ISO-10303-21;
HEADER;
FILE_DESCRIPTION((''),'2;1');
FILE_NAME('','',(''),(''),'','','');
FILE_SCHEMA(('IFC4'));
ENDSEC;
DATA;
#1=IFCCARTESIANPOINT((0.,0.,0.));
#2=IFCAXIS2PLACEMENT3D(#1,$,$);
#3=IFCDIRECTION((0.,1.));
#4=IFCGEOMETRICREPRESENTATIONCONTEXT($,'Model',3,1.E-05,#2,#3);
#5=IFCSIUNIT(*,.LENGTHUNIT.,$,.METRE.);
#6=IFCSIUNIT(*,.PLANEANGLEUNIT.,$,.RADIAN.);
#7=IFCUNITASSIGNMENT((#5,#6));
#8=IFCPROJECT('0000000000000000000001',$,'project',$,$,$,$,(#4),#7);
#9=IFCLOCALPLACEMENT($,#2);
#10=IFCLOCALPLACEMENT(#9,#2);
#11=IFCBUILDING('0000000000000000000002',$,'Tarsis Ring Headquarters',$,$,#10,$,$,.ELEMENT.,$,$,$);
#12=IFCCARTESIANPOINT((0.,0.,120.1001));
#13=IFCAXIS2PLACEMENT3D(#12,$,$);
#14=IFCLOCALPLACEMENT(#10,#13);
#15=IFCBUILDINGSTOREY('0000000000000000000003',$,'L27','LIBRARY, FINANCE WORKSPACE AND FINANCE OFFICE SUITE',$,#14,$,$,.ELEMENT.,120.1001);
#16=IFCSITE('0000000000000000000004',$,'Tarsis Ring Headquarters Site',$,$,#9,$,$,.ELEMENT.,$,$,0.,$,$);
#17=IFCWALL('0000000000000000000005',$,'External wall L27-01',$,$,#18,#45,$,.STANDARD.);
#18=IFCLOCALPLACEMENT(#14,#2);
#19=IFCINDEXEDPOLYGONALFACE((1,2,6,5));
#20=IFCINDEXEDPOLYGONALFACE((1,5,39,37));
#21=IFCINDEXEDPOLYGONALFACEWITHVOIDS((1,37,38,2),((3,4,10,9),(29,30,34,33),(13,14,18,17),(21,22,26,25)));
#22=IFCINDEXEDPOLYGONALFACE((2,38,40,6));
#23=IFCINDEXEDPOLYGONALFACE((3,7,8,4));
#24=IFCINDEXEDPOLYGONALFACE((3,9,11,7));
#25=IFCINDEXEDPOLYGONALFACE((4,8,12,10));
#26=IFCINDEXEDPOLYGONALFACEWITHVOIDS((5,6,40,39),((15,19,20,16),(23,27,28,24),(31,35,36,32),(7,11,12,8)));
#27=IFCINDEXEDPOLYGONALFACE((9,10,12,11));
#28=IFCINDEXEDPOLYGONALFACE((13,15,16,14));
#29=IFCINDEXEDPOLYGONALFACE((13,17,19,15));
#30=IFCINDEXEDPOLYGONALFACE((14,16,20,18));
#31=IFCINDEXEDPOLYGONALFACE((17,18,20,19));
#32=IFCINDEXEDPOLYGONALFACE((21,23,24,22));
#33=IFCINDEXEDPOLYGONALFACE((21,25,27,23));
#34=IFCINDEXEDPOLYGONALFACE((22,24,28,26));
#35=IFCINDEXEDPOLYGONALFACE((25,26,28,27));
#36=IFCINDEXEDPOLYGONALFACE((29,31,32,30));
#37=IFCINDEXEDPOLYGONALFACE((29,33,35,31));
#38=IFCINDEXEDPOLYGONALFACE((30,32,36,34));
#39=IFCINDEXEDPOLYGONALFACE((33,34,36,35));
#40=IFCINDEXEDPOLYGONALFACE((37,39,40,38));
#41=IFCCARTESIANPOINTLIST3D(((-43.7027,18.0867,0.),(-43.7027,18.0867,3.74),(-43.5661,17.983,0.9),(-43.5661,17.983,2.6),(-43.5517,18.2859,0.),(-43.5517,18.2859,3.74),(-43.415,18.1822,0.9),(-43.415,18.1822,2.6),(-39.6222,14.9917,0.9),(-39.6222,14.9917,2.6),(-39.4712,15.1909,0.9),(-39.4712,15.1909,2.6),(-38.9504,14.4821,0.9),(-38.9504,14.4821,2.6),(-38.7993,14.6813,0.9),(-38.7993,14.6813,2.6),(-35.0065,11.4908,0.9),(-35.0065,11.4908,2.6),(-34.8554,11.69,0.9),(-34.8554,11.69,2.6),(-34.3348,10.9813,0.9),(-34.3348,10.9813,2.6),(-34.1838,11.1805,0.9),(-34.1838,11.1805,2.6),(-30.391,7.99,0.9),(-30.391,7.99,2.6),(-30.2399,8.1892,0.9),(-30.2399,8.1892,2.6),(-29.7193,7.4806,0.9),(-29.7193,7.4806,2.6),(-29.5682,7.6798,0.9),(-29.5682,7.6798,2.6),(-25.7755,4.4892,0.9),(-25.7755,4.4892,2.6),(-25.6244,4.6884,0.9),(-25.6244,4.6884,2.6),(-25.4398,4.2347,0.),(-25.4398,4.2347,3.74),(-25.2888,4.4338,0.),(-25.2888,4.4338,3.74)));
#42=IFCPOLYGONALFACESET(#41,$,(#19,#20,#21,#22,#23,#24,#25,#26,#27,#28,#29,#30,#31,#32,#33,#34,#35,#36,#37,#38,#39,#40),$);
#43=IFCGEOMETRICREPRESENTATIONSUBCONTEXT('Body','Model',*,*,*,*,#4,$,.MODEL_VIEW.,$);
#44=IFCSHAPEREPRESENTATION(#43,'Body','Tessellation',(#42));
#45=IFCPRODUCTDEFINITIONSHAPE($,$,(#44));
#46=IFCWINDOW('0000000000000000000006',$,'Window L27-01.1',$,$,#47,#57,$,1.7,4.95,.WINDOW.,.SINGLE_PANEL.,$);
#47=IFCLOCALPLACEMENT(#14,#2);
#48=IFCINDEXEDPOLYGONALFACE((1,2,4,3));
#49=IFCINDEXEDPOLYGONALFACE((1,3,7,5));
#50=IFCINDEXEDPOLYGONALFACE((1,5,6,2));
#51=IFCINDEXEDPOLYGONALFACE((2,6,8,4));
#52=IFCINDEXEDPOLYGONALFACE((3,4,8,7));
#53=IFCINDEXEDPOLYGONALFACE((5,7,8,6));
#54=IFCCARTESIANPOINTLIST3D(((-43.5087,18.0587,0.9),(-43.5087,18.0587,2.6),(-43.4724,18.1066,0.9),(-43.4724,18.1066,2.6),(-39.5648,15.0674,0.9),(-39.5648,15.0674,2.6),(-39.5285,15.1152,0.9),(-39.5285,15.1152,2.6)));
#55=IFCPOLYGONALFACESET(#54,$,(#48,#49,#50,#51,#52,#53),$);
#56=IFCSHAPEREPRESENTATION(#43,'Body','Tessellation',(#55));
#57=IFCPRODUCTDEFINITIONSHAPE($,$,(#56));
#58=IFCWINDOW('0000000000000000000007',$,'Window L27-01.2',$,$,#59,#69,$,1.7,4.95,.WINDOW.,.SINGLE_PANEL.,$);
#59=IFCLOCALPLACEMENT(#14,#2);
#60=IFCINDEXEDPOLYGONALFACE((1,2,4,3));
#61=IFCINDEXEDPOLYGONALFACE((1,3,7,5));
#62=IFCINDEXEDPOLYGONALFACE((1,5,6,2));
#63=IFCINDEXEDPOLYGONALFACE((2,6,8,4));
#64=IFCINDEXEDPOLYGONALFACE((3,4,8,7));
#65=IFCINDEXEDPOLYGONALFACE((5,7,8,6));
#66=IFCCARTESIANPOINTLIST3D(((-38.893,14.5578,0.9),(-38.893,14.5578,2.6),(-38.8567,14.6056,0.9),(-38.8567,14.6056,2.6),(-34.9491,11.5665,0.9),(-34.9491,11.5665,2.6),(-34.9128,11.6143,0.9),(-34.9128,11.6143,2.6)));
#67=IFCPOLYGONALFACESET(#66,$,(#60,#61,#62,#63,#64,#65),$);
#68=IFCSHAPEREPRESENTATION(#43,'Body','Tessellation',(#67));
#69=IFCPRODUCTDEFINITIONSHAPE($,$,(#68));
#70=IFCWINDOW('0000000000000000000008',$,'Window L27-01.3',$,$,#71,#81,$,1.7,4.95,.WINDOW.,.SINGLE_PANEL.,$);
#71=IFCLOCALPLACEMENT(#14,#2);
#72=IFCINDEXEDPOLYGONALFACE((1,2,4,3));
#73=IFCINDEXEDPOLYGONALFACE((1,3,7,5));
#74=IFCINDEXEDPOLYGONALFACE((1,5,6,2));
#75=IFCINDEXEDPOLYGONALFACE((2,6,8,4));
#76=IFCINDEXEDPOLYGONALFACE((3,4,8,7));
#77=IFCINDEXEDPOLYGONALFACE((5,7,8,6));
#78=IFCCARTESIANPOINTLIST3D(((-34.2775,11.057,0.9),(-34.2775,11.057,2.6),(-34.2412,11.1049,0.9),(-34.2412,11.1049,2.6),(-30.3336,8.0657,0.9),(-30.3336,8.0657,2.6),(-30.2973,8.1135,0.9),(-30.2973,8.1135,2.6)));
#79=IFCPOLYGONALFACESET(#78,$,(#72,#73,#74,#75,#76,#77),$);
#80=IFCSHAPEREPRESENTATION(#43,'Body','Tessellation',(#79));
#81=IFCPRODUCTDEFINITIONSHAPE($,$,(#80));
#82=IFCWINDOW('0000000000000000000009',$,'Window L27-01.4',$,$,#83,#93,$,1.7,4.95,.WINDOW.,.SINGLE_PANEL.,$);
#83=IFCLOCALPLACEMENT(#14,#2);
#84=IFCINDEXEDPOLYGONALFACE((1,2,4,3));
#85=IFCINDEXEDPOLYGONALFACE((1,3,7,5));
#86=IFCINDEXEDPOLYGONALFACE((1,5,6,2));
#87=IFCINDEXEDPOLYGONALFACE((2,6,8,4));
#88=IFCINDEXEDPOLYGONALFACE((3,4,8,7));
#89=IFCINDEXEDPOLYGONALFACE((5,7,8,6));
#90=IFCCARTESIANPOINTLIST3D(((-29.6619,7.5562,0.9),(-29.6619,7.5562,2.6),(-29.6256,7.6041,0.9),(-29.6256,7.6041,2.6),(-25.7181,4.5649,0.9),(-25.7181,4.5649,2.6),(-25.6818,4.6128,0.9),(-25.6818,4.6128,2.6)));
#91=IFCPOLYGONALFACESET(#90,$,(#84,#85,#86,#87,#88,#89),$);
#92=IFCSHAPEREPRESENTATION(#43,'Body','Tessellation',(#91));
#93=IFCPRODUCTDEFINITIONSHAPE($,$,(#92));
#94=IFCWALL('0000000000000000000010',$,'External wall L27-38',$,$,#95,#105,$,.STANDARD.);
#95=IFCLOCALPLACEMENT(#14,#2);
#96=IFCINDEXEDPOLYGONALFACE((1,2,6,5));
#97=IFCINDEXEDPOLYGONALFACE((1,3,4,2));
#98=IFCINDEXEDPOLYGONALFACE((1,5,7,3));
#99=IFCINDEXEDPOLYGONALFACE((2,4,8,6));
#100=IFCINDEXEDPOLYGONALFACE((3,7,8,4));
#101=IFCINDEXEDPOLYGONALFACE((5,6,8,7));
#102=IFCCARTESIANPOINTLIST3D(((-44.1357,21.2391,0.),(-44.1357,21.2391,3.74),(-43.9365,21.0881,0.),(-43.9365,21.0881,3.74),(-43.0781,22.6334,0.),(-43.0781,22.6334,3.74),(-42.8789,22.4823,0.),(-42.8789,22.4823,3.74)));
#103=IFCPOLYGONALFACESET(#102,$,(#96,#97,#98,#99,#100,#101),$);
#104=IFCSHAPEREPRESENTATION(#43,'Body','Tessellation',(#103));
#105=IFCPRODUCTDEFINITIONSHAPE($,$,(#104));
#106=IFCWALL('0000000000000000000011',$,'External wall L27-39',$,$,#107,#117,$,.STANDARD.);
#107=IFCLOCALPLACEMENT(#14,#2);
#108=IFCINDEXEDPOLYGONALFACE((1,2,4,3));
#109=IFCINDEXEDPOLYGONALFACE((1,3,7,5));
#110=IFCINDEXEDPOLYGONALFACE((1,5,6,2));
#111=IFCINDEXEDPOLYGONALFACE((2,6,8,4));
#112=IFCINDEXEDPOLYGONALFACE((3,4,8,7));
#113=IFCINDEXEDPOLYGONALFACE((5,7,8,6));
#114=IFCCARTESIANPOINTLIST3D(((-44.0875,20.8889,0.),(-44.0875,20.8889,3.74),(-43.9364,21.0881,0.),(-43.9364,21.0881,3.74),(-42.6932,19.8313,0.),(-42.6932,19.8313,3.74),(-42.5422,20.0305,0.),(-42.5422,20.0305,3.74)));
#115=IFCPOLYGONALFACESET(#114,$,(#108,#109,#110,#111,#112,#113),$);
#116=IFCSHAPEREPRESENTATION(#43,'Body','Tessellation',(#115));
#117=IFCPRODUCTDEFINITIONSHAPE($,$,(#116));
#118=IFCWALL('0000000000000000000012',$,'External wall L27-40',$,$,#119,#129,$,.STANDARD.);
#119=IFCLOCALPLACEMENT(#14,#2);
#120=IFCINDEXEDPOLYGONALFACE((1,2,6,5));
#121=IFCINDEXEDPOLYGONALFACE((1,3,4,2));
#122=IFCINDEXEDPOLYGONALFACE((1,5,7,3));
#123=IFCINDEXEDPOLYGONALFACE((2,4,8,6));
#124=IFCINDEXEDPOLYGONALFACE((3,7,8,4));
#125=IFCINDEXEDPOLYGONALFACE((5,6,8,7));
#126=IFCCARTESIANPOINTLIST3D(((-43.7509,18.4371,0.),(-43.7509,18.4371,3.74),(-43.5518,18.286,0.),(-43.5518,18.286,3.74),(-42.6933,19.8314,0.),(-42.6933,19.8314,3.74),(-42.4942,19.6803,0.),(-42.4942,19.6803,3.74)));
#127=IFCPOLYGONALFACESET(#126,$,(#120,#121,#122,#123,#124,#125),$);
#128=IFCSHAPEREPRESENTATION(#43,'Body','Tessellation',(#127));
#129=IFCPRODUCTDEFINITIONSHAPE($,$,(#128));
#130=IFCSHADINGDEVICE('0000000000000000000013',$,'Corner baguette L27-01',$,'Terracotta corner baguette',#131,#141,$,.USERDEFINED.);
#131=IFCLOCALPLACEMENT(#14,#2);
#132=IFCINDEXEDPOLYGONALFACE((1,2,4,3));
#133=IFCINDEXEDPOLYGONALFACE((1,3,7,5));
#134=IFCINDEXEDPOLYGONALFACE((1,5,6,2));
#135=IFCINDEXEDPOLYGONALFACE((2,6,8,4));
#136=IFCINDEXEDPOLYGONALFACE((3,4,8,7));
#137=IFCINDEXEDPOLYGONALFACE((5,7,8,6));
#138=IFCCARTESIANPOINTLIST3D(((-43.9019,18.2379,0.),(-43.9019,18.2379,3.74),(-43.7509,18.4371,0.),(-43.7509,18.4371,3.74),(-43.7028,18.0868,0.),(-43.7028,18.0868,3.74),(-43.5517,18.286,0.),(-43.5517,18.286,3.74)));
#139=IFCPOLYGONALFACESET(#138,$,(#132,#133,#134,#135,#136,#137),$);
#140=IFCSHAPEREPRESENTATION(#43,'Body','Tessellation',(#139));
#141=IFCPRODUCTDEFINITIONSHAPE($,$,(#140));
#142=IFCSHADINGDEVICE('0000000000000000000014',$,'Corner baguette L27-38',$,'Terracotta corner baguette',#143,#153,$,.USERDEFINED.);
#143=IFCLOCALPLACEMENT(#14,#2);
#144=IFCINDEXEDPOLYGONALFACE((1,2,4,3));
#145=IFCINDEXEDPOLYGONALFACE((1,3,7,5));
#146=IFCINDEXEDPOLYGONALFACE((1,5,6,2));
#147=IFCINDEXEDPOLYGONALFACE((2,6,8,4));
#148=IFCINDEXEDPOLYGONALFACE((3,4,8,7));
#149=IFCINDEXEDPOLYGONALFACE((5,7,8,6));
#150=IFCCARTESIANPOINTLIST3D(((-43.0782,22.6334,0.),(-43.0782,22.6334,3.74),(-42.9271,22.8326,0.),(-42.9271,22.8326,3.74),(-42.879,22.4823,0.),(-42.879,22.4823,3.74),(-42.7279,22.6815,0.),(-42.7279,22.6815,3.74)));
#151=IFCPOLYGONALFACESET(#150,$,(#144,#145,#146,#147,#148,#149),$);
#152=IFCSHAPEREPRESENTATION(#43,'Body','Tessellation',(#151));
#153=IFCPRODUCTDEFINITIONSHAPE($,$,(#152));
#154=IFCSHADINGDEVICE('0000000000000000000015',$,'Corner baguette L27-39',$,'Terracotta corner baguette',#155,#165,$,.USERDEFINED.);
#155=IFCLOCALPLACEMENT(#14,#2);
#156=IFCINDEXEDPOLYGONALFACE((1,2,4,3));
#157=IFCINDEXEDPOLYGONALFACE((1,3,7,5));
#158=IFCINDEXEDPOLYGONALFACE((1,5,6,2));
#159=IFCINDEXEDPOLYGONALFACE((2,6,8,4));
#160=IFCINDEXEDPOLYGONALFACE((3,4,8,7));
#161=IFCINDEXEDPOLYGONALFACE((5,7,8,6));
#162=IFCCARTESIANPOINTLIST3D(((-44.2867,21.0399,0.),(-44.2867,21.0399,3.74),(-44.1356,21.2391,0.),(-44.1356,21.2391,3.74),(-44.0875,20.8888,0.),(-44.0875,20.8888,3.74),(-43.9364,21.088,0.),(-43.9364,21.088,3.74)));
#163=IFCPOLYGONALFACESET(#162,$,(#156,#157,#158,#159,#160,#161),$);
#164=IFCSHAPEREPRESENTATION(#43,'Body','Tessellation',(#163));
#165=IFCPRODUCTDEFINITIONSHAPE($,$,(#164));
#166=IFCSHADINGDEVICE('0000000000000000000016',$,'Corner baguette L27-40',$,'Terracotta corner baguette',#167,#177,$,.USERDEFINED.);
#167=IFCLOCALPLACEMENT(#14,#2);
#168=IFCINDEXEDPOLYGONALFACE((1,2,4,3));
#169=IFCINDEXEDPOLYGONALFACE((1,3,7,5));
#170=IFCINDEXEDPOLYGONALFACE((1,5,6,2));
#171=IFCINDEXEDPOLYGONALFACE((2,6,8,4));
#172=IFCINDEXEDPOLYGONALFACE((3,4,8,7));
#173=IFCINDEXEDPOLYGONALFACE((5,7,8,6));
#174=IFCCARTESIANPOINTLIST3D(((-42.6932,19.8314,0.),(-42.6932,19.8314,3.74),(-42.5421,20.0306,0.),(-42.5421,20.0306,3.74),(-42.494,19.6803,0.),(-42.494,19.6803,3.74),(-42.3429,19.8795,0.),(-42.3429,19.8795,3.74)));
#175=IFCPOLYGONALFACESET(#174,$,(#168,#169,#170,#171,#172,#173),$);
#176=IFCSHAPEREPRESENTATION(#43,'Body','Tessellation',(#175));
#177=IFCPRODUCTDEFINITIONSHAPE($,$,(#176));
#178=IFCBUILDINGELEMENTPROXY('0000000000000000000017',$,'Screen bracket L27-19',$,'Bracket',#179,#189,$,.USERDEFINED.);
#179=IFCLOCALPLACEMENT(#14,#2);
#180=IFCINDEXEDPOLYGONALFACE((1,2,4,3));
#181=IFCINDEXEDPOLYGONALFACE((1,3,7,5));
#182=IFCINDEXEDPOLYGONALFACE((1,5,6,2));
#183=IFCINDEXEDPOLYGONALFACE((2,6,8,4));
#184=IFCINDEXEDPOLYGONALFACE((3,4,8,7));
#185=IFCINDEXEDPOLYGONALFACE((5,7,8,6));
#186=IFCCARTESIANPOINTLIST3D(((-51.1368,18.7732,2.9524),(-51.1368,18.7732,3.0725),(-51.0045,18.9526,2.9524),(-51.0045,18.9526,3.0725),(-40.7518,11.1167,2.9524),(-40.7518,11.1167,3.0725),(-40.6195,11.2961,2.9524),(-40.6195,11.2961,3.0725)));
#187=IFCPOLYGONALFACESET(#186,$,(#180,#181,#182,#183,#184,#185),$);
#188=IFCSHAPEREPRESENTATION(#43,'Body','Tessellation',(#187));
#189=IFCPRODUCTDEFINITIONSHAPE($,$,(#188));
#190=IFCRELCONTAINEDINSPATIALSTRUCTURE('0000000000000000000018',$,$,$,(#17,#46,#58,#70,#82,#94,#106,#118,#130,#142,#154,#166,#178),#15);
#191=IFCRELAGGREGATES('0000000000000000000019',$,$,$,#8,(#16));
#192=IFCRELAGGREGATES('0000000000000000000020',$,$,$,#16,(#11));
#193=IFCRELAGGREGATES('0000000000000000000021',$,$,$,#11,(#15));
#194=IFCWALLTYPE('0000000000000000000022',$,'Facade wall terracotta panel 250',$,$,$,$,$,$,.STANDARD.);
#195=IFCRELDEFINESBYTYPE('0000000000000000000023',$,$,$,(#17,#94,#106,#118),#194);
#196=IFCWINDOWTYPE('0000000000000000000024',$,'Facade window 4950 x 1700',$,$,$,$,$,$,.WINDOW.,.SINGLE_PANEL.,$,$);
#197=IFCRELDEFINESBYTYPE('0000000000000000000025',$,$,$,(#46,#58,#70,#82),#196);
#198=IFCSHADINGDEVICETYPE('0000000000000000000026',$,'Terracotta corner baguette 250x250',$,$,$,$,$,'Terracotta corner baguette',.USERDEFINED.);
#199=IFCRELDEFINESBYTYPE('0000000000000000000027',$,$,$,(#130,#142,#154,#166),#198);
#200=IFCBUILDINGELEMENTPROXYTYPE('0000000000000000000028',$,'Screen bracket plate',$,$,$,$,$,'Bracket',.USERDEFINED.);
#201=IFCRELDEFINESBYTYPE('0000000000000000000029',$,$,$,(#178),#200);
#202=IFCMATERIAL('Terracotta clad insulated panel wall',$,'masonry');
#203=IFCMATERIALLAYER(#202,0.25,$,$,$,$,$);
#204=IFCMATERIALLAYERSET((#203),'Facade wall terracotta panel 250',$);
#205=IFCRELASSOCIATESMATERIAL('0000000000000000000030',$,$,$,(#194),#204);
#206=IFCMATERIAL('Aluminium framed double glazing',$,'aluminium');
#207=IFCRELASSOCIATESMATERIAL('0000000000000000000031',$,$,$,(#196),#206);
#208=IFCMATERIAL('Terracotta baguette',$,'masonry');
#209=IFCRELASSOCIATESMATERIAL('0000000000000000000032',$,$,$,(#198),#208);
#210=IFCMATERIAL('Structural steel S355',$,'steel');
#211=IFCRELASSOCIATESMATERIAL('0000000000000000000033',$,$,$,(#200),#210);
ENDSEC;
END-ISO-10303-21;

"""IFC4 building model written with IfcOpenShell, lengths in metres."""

from ifc_helpers import new_model, si_unit, direction, frame, frame_2d, origin, origin_2d, place, context, subcontext, project, spatial, rectangle, extrude, material, layer, layer_set, type_object, element, fill, save


model = new_model("IFC4")

# Units and contexts
model_context = context("Model", 3, precision=1e-05, world=origin(), true_north=direction((0.0, 1.0)))
body_context = subcontext(model_context, "Body", "Model", "MODEL_VIEW")
ifc_project = project(units=[si_unit("LENGTHUNIT", "METRE"), si_unit("PLANEANGLEUNIT", "RADIAN")], contexts=[model_context])

# Site, building, storey
site_placement = place(None, origin())
site = spatial("IfcSite", under=ifc_project, at=site_placement, Name="Tarsis Ring Headquarters Site", CompositionType="ELEMENT", RefElevation=0.0)
building_placement = place(site_placement, origin())
building = spatial("IfcBuilding", under=site, at=building_placement, Name="Tarsis Ring Headquarters", CompositionType="ELEMENT")
storey_placement = place(building_placement, frame((0.0, 0.0, 120.1001)))
storey = spatial("IfcBuildingStorey", under=building, at=storey_placement, Name="L27", Description="LIBRARY, FINANCE WORKSPACE AND FINANCE OFFICE SUITE", CompositionType="ELEMENT", Elevation=120.1001)

# Shared definitions
ifc_material_1 = material(Name="Structural steel S355", Category="steel")

# Wall, openings, windows
ifc_material_2 = material(Name="Terracotta clad insulated panel wall", Category="masonry")
ifc_layer_1 = layer(ifc_material_2, 0.25)
ifc_layer_set_1 = layer_set([ifc_layer_1], Name="Facade wall terracotta panel 250")
wall_type_1 = type_object("IfcWallType", Name="Facade wall terracotta panel 250", PredefinedType="STANDARD", material=ifc_layer_set_1)
wall_1_placement = place(storey_placement, frame((-43.6272, 18.1863, 0.0), z_axis=(0.0, 0.0, 1.0), x_axis=(0.796746, -0.604315, 0.0)))
wall_1 = element("IfcWall", 1, at=wall_1_placement, inside=storey, type_object=wall_type_1, Name="External wall L27-01", PredefinedType="STANDARD", context=body_context, shape_type="SweptSolid", body=[
    extrude(rectangle(XDim=22.9219, YDim=0.25, at=frame_2d((11.4609, 0.0))), origin(), (0.0, 0.0, 1.0), 3.74),
])
opening_1_placement = place(wall_1_placement, frame((0.1714, 0.0, 0.8999)))
opening_1 = element("IfcOpeningElement", 2, at=opening_1_placement, cuts=wall_1, PredefinedType="OPENING", context=body_context, shape_type="SweptSolid", body=[
    extrude(rectangle(XDim=4.95, YDim=1.7, at=frame_2d((2.4751, 0.8501))), frame((0.0, 0.135, 0.0), z_axis=(0.0, -1.0, 0.0), x_axis=(1.0, 0.0, 0.0)), (0.0, 0.0, 1.0), 0.27),
])
opening_2_placement = place(wall_1_placement, frame((5.9646, 0.0, 0.8999)))
opening_2 = element("IfcOpeningElement", 3, at=opening_2_placement, cuts=wall_1, PredefinedType="OPENING", context=body_context, shape_type="SweptSolid", body=[
    extrude(rectangle(XDim=4.95, YDim=1.7, at=frame_2d((2.4751, 0.8501))), frame((0.0, 0.135, 0.0), z_axis=(0.0, -1.0, 0.0), x_axis=(1.0, 0.0, 0.0)), (0.0, 0.0, 1.0), 0.27),
])
opening_3_placement = place(wall_1_placement, frame((11.7576, 0.0, 0.8999)))
opening_3 = element("IfcOpeningElement", 4, at=opening_3_placement, cuts=wall_1, PredefinedType="OPENING", context=body_context, shape_type="SweptSolid", body=[
    extrude(rectangle(XDim=4.95, YDim=1.7, at=frame_2d((2.4751, 0.8501))), frame((0.0, 0.135, 0.0), z_axis=(0.0, -1.0, 0.0), x_axis=(1.0, 0.0, 0.0)), (0.0, 0.0, 1.0), 0.27),
])
opening_4_placement = place(wall_1_placement, frame((17.5505, 0.0, 0.8999)))
opening_4 = element("IfcOpeningElement", 5, at=opening_4_placement, cuts=wall_1, PredefinedType="OPENING", context=body_context, shape_type="SweptSolid", body=[
    extrude(rectangle(XDim=4.95, YDim=1.7, at=frame_2d((2.4751, 0.8501))), frame((0.0, 0.135, 0.0), z_axis=(0.0, -1.0, 0.0), x_axis=(1.0, 0.0, 0.0)), (0.0, 0.0, 1.0), 0.27),
])
ifc_material_3 = material(Name="Aluminium framed double glazing", Category="aluminium")
window_type = type_object("IfcWindowType", Name="Facade window 4950 x 1700", PartitioningType="SINGLE_PANEL", PredefinedType="WINDOW", material=ifc_material_3)
window_1_placement = place(opening_1_placement, origin())
window_1 = element("IfcWindow", 6, at=window_1_placement, inside=storey, type_object=window_type, Name="Window L27-01.1", OverallHeight=1.7, OverallWidth=4.95, PartitioningType="SINGLE_PANEL", PredefinedType="WINDOW", context=body_context, shape_type="SweptSolid", body=[
    extrude(rectangle(XDim=4.95, YDim=1.7, at=frame_2d((2.4751, 0.8501))), frame((0.0, 0.03, 0.0), z_axis=(0.0, -1.0, 0.0), x_axis=(1.0, 0.0, 0.0)), (0.0, 0.0, 1.0), 0.0601),
])
fill(opening_1, window_1)
window_2_placement = place(opening_2_placement, origin())
window_2 = element("IfcWindow", 7, at=window_2_placement, inside=storey, type_object=window_type, Name="Window L27-01.2", OverallHeight=1.7, OverallWidth=4.95, PartitioningType="SINGLE_PANEL", PredefinedType="WINDOW", context=body_context, shape_type="SweptSolid", body=[
    extrude(rectangle(XDim=4.95, YDim=1.7, at=frame_2d((2.4751, 0.8501))), frame((0.0, 0.03, 0.0), z_axis=(0.0, -1.0, 0.0), x_axis=(1.0, 0.0, 0.0)), (0.0, 0.0, 1.0), 0.0601),
])
fill(opening_2, window_2)
window_3_placement = place(opening_3_placement, origin())
window_3 = element("IfcWindow", 8, at=window_3_placement, inside=storey, type_object=window_type, Name="Window L27-01.3", OverallHeight=1.7, OverallWidth=4.95, PartitioningType="SINGLE_PANEL", PredefinedType="WINDOW", context=body_context, shape_type="SweptSolid", body=[
    extrude(rectangle(XDim=4.95, YDim=1.7, at=frame_2d((2.4751, 0.8501))), frame((0.0, 0.03, 0.0), z_axis=(0.0, -1.0, 0.0), x_axis=(1.0, 0.0, 0.0)), (0.0, 0.0, 1.0), 0.0601),
])
fill(opening_3, window_3)
window_4_placement = place(opening_4_placement, origin())
window_4 = element("IfcWindow", 9, at=window_4_placement, inside=storey, type_object=window_type, Name="Window L27-01.4", OverallHeight=1.7, OverallWidth=4.95, PartitioningType="SINGLE_PANEL", PredefinedType="WINDOW", context=body_context, shape_type="SweptSolid", body=[
    extrude(rectangle(XDim=4.95, YDim=1.7, at=frame_2d((2.4751, 0.8501))), frame((0.0, 0.03, 0.0), z_axis=(0.0, -1.0, 0.0), x_axis=(1.0, 0.0, 0.0)), (0.0, 0.0, 1.0), 0.0601),
])
fill(opening_4, window_4)

# Walls
for number, where, z_axis, x_axis, name in (
    (10, (-42.9785, 22.5579, 0.0), (0.0, 0.0, 1.0), (-0.604344, -0.796724, 0.0), "External wall L27-38"),
    (11, (-44.012, 20.9885, 0.0), (0.0, 0.0, 1.0), (0.796724, -0.604344, 0.0), "External wall L27-39"),
    (12, (-42.5938, 19.7559, 0.0), (0.0, 0.0, 1.0), (-0.604344, -0.796724, 0.0), "External wall L27-40"),
):
    element("IfcWall", number, at=place(storey_placement, frame(where, z_axis=z_axis, x_axis=x_axis)), inside=storey, type_object=wall_type_1, Name=name, PredefinedType="STANDARD", context=body_context, shape_type="SweptSolid", body=[
        extrude(rectangle(XDim=1.75, YDim=0.25, at=frame_2d((0.875, 0.0))), origin(), (0.0, 0.0, 1.0), 3.74),
    ])

# Shading devices
ifc_material_4 = material(Name="Terracotta baguette", Category="masonry")
shading_device_type_1 = type_object("IfcShadingDeviceType", Name="Terracotta corner baguette 250x250", ElementType="Terracotta corner baguette", PredefinedType="USERDEFINED", material=ifc_material_4)
for number, where, z_axis, x_axis, name in (
    (13, (-43.7268, 18.262, 0.0), (0.0, 0.0, 1.0), (-0.604321, -0.796741, 0.0), "Corner baguette L27-01"),
    (14, (-42.9031, 22.6575, 0.0), (0.0, 0.0, 1.0), (0.796741, -0.604321, 0.0), "Corner baguette L27-38"),
    (15, (-44.1116, 21.064, 0.0), (0.0, 0.0, 1.0), (-0.604321, -0.796741, 0.0), "Corner baguette L27-39"),
    (16, (-42.5181, 19.8555, 0.0), (0.0, 0.0, 1.0), (0.796741, -0.604321, 0.0), "Corner baguette L27-40"),
):
    element("IfcShadingDevice", number, at=place(storey_placement, frame(where, z_axis=z_axis, x_axis=x_axis)), inside=storey, type_object=shading_device_type_1, Name=name, ObjectType="Terracotta corner baguette", PredefinedType="USERDEFINED", context=body_context, shape_type="SweptSolid", body=[
        extrude(rectangle(XDim=0.25, YDim=0.25, at=origin_2d()), origin(), (0.0, 0.0, 1.0), 3.74),
    ])

# Building element proxy
building_element_proxy_type = type_object("IfcBuildingElementProxyType", Name="Screen bracket plate", ElementType="Bracket", PredefinedType="USERDEFINED", material=ifc_material_1)
proxy_placement = place(storey_placement, frame((-45.8782, 15.0347, 2.9524), z_axis=(0.0, 0.0, 1.0), x_axis=(0.804894, -0.593419, 0.0)))
element("IfcBuildingElementProxy", 17, at=proxy_placement, inside=storey, type_object=building_element_proxy_type, Name="Screen bracket L27-19", ObjectType="Bracket", PredefinedType="USERDEFINED", context=body_context, shape_type="SweptSolid", body=[
    extrude(rectangle(XDim=12.9023, YDim=0.2229, at=origin_2d()), origin(), (0.0, 0.0, 1.0), 0.1201),
])

save(model, "model.ifc")
